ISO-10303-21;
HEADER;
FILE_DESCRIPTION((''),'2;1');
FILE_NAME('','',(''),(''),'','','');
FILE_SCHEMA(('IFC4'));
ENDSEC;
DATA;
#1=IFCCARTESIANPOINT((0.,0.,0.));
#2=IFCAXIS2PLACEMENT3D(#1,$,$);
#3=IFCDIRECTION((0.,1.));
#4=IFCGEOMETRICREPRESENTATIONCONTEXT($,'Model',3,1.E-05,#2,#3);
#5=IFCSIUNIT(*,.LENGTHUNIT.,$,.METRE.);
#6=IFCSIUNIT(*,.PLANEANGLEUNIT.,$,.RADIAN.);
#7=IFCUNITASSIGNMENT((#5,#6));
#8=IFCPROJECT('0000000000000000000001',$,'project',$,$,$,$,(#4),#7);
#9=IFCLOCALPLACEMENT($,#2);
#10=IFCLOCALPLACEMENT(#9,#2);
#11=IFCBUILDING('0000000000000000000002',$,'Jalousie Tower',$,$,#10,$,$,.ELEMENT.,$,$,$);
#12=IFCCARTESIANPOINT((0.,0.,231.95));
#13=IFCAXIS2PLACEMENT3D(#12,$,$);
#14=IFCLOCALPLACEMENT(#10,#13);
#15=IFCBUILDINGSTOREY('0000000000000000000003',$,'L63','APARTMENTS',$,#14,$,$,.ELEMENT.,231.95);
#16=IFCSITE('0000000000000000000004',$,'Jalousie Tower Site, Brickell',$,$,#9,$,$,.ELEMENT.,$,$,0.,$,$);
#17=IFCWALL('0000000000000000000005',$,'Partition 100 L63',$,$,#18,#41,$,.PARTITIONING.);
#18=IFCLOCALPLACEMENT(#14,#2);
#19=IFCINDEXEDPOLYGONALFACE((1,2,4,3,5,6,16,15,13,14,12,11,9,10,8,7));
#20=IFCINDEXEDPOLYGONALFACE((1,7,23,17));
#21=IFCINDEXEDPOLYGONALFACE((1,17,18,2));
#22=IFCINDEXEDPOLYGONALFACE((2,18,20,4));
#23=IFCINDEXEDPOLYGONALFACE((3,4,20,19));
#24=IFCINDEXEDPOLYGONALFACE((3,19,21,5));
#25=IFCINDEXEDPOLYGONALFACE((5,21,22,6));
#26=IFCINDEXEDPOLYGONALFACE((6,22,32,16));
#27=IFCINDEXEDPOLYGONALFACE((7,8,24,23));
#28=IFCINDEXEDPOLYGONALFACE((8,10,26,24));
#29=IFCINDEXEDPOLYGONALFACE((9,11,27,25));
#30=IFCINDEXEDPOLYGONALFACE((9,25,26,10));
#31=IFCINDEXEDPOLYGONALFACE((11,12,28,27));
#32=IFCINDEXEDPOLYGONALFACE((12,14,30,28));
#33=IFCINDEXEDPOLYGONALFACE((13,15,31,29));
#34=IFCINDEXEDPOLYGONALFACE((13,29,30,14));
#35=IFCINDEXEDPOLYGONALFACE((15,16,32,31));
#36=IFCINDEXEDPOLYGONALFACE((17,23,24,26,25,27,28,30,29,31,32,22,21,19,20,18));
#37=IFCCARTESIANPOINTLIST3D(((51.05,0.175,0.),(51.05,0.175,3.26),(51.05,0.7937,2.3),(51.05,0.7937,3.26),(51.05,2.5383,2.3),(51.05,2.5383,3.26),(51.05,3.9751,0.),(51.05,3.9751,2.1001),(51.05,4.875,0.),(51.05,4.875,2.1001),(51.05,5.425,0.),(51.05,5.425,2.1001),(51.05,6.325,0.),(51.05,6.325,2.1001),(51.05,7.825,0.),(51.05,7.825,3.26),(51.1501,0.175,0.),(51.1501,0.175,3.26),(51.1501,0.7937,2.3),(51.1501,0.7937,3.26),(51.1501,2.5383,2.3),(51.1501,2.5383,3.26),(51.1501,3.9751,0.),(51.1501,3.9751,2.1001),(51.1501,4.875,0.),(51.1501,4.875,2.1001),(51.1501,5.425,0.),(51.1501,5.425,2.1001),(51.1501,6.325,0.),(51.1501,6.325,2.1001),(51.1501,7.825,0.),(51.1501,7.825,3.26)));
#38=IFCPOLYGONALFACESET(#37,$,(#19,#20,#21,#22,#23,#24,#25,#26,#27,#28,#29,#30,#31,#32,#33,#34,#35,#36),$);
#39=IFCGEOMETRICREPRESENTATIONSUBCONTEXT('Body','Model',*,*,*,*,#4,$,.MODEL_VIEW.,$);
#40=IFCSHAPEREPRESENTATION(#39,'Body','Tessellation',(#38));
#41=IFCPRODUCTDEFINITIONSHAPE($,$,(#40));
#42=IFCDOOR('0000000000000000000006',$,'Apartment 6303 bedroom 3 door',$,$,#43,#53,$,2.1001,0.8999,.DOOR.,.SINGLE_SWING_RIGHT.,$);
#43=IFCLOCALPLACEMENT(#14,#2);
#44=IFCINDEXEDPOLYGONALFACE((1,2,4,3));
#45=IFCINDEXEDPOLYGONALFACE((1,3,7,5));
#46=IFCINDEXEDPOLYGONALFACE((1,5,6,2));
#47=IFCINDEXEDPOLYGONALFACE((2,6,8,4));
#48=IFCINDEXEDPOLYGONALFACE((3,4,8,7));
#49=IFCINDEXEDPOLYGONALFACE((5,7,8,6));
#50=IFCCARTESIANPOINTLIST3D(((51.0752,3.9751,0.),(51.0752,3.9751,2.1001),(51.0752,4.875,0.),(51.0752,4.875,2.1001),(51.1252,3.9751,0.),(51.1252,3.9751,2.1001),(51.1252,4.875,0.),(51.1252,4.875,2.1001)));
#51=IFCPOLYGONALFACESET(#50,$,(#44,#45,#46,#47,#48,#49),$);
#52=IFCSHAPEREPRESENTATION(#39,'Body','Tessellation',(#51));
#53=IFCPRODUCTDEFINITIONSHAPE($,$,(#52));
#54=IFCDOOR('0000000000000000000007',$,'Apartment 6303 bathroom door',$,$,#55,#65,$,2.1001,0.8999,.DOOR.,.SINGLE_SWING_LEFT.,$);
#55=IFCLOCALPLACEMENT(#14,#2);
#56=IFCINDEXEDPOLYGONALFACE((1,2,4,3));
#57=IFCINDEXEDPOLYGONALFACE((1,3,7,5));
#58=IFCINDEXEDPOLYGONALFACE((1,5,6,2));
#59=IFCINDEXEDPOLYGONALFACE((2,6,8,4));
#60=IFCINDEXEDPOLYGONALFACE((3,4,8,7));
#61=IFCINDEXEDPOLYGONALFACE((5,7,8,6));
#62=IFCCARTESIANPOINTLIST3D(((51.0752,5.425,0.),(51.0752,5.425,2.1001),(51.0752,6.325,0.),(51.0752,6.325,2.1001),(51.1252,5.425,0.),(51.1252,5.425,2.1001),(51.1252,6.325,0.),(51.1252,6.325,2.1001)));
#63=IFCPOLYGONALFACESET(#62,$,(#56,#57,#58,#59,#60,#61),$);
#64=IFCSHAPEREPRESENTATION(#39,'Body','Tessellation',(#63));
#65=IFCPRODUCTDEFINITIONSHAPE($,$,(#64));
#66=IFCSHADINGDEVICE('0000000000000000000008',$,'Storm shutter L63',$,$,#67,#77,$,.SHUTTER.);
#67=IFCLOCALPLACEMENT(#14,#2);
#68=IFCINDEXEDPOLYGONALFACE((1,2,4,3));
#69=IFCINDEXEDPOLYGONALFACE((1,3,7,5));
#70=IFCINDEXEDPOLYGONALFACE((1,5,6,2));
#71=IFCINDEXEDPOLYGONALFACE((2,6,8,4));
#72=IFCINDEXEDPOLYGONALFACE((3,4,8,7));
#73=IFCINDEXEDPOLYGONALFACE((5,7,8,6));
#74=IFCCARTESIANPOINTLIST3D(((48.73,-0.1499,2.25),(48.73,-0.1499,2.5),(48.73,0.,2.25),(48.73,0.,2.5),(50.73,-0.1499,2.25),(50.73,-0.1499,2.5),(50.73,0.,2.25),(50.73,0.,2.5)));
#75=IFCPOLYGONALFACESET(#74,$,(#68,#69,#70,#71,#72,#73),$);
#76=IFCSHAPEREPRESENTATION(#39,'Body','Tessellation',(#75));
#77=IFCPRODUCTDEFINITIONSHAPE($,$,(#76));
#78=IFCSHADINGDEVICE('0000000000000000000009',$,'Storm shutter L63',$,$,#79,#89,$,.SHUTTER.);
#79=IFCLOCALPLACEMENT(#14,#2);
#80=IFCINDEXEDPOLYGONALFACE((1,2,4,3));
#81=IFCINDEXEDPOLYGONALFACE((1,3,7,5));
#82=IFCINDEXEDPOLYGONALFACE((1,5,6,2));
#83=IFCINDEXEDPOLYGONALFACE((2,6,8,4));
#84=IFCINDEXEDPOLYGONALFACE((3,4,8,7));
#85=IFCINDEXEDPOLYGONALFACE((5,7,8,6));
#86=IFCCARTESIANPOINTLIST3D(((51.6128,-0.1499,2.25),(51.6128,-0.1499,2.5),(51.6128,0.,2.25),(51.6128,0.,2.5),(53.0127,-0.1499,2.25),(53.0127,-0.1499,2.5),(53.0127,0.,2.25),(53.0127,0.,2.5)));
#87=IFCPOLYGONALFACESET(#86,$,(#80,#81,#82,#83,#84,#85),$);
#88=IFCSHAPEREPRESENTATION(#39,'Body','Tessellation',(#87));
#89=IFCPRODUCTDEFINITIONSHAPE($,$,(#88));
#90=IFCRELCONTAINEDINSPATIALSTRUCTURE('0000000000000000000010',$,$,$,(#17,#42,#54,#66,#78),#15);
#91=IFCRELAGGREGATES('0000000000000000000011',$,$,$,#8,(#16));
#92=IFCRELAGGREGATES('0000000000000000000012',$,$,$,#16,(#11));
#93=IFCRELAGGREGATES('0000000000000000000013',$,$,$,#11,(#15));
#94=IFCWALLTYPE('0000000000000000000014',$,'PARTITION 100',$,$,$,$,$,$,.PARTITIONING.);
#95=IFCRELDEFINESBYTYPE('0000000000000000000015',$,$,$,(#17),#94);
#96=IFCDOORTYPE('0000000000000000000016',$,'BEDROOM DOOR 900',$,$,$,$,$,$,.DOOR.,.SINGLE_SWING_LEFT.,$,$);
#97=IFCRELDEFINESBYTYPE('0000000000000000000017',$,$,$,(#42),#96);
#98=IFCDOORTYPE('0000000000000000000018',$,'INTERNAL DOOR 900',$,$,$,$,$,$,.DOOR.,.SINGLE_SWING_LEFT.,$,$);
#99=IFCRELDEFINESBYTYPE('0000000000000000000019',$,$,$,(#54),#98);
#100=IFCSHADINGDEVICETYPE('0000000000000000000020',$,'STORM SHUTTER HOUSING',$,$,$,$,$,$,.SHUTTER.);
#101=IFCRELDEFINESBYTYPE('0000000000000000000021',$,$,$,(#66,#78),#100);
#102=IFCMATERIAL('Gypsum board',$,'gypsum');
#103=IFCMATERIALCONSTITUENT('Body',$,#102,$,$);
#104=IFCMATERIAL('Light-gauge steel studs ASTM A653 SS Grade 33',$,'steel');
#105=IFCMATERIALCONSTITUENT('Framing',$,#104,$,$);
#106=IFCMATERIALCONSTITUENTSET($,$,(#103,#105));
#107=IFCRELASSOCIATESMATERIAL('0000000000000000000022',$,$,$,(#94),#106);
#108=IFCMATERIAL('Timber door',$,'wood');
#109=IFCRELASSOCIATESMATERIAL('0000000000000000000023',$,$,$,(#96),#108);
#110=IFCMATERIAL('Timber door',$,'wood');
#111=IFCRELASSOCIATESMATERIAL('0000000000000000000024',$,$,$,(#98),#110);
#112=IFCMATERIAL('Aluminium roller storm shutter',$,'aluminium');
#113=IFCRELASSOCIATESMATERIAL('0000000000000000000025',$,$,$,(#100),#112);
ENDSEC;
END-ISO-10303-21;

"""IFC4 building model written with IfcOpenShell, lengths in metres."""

from ifc_helpers import new_model, si_unit, direction, frame, frame_2d, origin, origin_2d, place, context, subcontext, project, spatial, polyline, rectangle, outline, extrude, material, constituent, constituent_set, type_object, element, fill, save


model = new_model("IFC4")

# Units and contexts
model_context = context("Model", 3, precision=1e-05, world=origin(), true_north=direction((0.0, 1.0)))
body_context = subcontext(model_context, "Body", "Model", "MODEL_VIEW")
ifc_project = project(units=[si_unit("LENGTHUNIT", "METRE"), si_unit("PLANEANGLEUNIT", "RADIAN")], contexts=[model_context])

# Site, building, storey
site_placement = place(None, origin())
site = spatial("IfcSite", under=ifc_project, at=site_placement, Name="Jalousie Tower Site, Brickell", CompositionType="ELEMENT", RefElevation=0.0)
building_placement = place(site_placement, origin())
building = spatial("IfcBuilding", under=site, at=building_placement, Name="Jalousie Tower", CompositionType="ELEMENT")
storey_placement = place(building_placement, frame((0.0, 0.0, 231.95)))
storey = spatial("IfcBuildingStorey", under=building, at=storey_placement, Name="L63", Description="APARTMENTS", CompositionType="ELEMENT", Elevation=231.95)

# Wall, openings, doors
ifc_material_1 = material(Name="Gypsum board", Category="gypsum")
ifc_constituent_1 = constituent(ifc_material_1, Name="Body")
ifc_material_2 = material(Name="Light-gauge steel studs ASTM A653 SS Grade 33", Category="steel")
ifc_constituent_2 = constituent(ifc_material_2, Name="Framing")
ifc_constituent_set = constituent_set(constituents=[ifc_constituent_1, ifc_constituent_2])
wall_type = type_object("IfcWallType", Name="PARTITION 100", PredefinedType="PARTITIONING", material=ifc_constituent_set)
wall_placement = place(storey_placement, frame((51.1001, 0.175, 0.0), z_axis=(0.0, 0.0, 1.0), x_axis=(0.0, 1.0, 0.0)))
wall = element("IfcWall", 1, at=wall_placement, inside=storey, type_object=wall_type, Name="Partition 100 L63", PredefinedType="PARTITIONING", context=body_context, shape_type="SweptSolid", body=[
    extrude(outline(polyline([(0.0, 0.0), (7.6499, 0.0), (7.6499, 3.26), (2.3633, 3.26), (2.3633, 2.3), (0.6187, 2.3), (0.6187, 3.26), (0.0, 3.26), (0.0, 0.0)])), frame((0.0, 0.05, 0.0), z_axis=(0.0, -1.0, 0.0), x_axis=(1.0, 0.0, 0.0)), (0.0, 0.0, 1.0), 0.1001),
])
opening_1_placement = place(wall_placement, frame((3.8, 0.0, 0.0)))
opening_1 = element("IfcOpeningElement", 2, at=opening_1_placement, cuts=wall, PredefinedType="OPENING", context=body_context, shape_type="SweptSolid", body=[
    extrude(rectangle(XDim=0.8999, YDim=2.1001, at=frame_2d((0.45, 1.05))), frame((0.0, 0.0601, 0.0), z_axis=(0.0, -1.0, 0.0), x_axis=(1.0, 0.0, 0.0)), (0.0, 0.0, 1.0), 0.1201),
])
opening_2_placement = place(wall_placement, frame((5.25, 0.0, 0.0)))
opening_2 = element("IfcOpeningElement", 3, at=opening_2_placement, cuts=wall, PredefinedType="OPENING", context=body_context, shape_type="SweptSolid", body=[
    extrude(rectangle(XDim=0.8999, YDim=2.1001, at=frame_2d((0.45, 1.05))), frame((0.0, 0.0601, 0.0), z_axis=(0.0, -1.0, 0.0), x_axis=(1.0, 0.0, 0.0)), (0.0, 0.0, 1.0), 0.1201),
])
ifc_material_3 = material(Name="Timber door", Category="wood")
door_type_1 = type_object("IfcDoorType", Name="BEDROOM DOOR 900", OperationType="SINGLE_SWING_LEFT", PredefinedType="DOOR", material=ifc_material_3)
door_1_placement = place(opening_1_placement, origin())
door_1 = element("IfcDoor", 4, at=door_1_placement, inside=storey, type_object=door_type_1, Name="Apartment 6303 bedroom 3 door", OperationType="SINGLE_SWING_RIGHT", OverallHeight=2.1001, OverallWidth=0.8999, PredefinedType="DOOR", context=body_context, shape_type="SweptSolid", body=[
    extrude(rectangle(XDim=0.8999, YDim=2.1001, at=frame_2d((0.45, 1.05))), frame((0.0, 0.0249, 0.0), z_axis=(0.0, -1.0, 0.0), x_axis=(1.0, 0.0, 0.0)), (0.0, 0.0, 1.0), 0.05),
])
fill(opening_1, door_1)
ifc_material_4 = material(Name="Timber door", Category="wood")
door_type_2 = type_object("IfcDoorType", Name="INTERNAL DOOR 900", OperationType="SINGLE_SWING_LEFT", PredefinedType="DOOR", material=ifc_material_4)
door_2_placement = place(opening_2_placement, origin())
door_2 = element("IfcDoor", 5, at=door_2_placement, inside=storey, type_object=door_type_2, Name="Apartment 6303 bathroom door", OperationType="SINGLE_SWING_LEFT", OverallHeight=2.1001, OverallWidth=0.8999, PredefinedType="DOOR", context=body_context, shape_type="SweptSolid", body=[
    extrude(rectangle(XDim=0.8999, YDim=2.1001, at=frame_2d((0.45, 1.05))), frame((0.0, 0.0249, 0.0), z_axis=(0.0, -1.0, 0.0), x_axis=(1.0, 0.0, 0.0)), (0.0, 0.0, 1.0), 0.05),
])
fill(opening_2, door_2)

# Shading devices
ifc_material_5 = material(Name="Aluminium roller storm shutter", Category="aluminium")
shading_device_type = type_object("IfcShadingDeviceType", Name="STORM SHUTTER HOUSING", PredefinedType="SHUTTER", material=ifc_material_5)
shading_device_1_placement = place(storey_placement, frame((49.73, -0.075, 2.25), z_axis=(0.0, 0.0, 1.0), x_axis=(1.0, 0.0, 0.0)))
element("IfcShadingDevice", 6, at=shading_device_1_placement, inside=storey, type_object=shading_device_type, Name="Storm shutter L63", PredefinedType="SHUTTER", context=body_context, shape_type="SweptSolid", body=[
    extrude(rectangle(XDim=2.0, YDim=0.1499, at=origin_2d()), origin(), (0.0, 0.0, 1.0), 0.25),
])
shading_device_2_placement = place(storey_placement, frame((52.3127, -0.075, 2.25), z_axis=(0.0, 0.0, 1.0), x_axis=(1.0, 0.0, 0.0)))
element("IfcShadingDevice", 7, at=shading_device_2_placement, inside=storey, type_object=shading_device_type, Name="Storm shutter L63", PredefinedType="SHUTTER", context=body_context, shape_type="SweptSolid", body=[
    extrude(rectangle(XDim=1.3999, YDim=0.1499, at=origin_2d()), origin(), (0.0, 0.0, 1.0), 0.25),
])

save(model, "model.ifc")
